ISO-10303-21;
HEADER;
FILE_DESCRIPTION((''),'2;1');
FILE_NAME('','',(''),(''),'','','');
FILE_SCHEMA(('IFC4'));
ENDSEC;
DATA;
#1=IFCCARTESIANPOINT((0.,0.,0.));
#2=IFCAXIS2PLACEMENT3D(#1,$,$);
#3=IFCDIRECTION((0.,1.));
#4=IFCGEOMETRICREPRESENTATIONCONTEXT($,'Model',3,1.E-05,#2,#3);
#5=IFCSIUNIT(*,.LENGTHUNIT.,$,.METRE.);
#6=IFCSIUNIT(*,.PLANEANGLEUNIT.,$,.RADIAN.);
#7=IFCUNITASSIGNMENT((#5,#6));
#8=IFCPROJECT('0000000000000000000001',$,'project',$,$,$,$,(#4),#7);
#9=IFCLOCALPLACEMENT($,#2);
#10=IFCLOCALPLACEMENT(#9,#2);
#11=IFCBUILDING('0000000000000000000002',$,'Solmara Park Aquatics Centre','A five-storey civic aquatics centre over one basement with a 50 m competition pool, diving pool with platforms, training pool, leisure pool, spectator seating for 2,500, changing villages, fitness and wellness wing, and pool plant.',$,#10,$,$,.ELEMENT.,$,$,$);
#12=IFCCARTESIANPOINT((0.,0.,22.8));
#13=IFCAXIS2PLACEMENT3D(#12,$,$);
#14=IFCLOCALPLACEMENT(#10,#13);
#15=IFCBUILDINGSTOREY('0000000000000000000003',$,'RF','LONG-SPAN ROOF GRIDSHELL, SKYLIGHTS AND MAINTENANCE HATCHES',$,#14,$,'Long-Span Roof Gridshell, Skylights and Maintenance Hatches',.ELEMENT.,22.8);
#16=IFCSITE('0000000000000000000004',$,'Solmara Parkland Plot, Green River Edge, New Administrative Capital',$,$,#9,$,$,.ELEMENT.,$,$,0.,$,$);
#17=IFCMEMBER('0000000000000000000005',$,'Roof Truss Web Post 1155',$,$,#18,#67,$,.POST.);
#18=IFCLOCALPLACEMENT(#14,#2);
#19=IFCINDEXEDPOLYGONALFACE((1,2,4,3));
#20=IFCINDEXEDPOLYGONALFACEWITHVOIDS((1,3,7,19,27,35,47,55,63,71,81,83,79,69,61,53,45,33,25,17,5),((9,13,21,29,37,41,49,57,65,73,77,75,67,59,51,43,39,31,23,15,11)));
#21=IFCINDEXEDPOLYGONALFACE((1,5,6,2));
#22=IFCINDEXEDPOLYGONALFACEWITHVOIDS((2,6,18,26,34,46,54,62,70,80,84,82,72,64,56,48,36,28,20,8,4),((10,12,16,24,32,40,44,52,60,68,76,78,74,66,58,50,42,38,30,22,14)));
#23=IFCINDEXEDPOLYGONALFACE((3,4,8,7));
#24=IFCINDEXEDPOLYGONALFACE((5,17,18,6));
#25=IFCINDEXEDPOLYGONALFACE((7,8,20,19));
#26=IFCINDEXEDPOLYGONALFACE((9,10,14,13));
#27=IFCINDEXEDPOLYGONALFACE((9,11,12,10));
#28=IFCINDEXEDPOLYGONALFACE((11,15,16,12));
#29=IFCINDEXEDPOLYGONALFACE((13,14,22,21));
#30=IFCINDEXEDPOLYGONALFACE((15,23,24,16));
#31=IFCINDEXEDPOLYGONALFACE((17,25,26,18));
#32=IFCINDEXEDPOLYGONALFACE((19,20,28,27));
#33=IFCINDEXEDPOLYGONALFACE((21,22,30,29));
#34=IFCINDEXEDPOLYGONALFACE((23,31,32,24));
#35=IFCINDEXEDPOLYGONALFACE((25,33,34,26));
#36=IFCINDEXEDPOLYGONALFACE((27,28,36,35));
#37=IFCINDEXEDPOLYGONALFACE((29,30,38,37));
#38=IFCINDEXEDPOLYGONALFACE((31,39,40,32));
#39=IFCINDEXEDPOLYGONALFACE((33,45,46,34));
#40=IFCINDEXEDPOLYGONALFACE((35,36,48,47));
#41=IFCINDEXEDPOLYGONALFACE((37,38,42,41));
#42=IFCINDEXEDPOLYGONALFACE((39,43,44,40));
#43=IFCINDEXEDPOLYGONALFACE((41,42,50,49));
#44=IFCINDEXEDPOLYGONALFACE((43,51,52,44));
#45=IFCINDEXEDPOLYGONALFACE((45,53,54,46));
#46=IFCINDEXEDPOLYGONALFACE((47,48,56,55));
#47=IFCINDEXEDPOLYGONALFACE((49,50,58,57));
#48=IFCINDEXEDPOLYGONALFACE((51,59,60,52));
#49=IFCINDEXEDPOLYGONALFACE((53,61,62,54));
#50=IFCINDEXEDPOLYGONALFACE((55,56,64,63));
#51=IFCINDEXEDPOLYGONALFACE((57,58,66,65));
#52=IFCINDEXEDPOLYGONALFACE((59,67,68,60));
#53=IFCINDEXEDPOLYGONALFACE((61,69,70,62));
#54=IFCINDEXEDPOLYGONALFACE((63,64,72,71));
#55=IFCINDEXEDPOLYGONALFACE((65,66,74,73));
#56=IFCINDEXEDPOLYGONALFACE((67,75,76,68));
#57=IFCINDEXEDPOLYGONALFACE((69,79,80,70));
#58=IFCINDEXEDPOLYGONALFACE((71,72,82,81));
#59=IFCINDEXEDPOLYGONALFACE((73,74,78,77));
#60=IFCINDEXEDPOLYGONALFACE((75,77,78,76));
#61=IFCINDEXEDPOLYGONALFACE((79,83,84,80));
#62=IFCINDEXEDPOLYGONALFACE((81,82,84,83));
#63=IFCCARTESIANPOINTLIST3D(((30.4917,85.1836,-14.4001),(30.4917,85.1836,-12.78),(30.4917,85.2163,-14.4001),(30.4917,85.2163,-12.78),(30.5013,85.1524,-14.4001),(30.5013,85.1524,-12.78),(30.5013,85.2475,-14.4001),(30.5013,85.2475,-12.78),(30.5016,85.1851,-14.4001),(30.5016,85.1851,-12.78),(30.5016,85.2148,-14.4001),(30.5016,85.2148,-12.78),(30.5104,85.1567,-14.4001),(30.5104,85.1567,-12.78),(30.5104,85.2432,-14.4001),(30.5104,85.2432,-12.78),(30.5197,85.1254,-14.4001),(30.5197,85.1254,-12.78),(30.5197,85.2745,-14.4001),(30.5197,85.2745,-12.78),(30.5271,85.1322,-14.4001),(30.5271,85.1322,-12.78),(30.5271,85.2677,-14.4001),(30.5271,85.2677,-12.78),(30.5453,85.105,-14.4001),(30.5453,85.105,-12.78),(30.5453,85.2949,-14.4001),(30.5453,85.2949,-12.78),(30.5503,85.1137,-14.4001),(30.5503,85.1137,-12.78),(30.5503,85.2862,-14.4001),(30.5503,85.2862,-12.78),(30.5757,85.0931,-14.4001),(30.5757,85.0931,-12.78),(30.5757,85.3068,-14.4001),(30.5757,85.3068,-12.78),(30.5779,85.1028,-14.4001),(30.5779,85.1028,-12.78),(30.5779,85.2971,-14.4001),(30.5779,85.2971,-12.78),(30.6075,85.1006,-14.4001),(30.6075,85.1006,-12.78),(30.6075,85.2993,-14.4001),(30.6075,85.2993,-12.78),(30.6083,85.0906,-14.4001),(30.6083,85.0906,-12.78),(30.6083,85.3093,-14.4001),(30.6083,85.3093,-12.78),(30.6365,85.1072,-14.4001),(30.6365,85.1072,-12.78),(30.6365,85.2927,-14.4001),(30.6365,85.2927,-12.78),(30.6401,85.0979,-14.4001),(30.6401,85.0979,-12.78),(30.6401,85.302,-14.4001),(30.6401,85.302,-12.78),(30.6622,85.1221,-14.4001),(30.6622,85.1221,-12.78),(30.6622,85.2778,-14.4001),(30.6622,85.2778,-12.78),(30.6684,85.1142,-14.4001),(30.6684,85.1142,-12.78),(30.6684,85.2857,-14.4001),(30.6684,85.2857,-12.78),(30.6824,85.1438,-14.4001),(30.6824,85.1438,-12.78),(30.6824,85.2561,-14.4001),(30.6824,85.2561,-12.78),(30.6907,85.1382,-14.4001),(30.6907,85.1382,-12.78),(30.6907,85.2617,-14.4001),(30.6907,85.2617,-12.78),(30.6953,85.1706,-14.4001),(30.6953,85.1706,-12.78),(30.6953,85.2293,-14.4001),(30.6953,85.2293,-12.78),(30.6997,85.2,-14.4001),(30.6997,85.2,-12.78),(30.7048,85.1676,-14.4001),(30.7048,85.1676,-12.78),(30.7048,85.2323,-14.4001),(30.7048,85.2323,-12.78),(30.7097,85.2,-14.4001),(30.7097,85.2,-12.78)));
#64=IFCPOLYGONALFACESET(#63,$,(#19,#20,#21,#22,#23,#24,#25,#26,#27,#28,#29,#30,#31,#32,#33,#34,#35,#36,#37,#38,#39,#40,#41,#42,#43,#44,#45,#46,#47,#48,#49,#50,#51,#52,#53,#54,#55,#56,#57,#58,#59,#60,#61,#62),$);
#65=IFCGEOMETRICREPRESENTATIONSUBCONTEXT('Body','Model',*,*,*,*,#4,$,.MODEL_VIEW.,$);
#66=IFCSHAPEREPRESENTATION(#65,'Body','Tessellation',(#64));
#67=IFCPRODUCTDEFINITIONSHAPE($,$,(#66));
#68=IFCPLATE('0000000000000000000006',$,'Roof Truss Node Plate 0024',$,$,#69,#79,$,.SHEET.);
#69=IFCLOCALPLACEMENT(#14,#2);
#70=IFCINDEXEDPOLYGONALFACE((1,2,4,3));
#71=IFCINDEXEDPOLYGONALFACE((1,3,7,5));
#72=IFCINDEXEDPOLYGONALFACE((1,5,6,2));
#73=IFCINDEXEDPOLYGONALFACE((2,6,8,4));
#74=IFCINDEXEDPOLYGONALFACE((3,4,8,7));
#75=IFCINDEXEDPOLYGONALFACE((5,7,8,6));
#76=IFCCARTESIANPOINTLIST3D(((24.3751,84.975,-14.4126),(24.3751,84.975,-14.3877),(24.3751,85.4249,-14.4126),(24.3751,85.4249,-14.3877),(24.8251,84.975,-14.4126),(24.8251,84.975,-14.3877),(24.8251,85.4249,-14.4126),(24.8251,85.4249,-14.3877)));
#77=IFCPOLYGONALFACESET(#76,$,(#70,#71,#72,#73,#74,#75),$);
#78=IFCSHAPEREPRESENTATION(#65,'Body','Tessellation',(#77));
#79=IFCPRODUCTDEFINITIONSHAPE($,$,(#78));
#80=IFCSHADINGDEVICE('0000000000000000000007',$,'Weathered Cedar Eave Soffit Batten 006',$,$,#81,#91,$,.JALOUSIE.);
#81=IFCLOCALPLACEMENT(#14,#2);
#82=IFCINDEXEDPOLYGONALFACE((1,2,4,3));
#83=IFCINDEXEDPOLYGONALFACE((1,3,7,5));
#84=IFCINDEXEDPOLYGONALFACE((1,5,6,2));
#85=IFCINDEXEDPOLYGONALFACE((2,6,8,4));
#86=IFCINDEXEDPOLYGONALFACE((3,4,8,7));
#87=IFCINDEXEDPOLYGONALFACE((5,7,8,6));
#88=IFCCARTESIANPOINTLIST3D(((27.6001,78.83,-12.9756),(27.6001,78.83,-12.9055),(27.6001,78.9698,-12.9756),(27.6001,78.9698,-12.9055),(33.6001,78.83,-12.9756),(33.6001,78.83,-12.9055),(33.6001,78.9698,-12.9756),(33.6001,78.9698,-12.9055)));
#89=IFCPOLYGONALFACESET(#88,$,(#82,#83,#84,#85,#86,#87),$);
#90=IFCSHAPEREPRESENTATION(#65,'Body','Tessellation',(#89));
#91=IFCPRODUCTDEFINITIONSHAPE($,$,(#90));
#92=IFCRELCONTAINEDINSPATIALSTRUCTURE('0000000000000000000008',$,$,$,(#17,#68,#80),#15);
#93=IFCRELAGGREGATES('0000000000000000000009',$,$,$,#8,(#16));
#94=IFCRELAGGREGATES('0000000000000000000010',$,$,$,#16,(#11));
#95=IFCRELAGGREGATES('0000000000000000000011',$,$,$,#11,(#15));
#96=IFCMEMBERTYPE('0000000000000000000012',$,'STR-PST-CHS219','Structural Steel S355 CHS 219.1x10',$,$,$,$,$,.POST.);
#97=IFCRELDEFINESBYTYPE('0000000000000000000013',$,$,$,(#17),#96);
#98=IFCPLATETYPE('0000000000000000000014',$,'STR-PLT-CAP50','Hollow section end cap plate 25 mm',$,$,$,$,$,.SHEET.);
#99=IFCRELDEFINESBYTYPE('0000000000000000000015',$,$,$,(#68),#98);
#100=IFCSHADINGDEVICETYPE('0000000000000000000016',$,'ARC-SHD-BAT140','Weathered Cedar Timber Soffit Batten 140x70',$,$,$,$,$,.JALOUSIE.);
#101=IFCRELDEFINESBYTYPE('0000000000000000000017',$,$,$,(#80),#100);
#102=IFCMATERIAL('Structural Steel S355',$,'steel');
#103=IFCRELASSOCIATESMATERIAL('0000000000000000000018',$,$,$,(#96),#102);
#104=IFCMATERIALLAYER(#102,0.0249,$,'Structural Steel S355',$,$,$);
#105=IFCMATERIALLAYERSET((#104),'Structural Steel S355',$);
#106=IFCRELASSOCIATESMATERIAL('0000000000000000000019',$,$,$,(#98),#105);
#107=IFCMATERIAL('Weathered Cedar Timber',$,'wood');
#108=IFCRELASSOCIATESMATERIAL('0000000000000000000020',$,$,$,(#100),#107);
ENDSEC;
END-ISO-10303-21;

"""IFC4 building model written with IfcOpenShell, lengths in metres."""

from ifc_helpers import new_model, si_unit, direction, frame, origin, origin_2d, place, context, subcontext, project, spatial, rectangle, hollow_circle, extrude, material, layer, layer_set, material_profile, profile_set, type_object, element, save


model = new_model("IFC4")

# Units and contexts
model_context = context("Model", 3, precision=1e-05, world=origin(), true_north=direction((0.0, 1.0)))
body_context = subcontext(model_context, "Body", "Model", "MODEL_VIEW")
ifc_project = project(units=[si_unit("LENGTHUNIT", "METRE"), si_unit("PLANEANGLEUNIT", "RADIAN")], contexts=[model_context])

# Site, building, storey
site_placement = place(None, origin())
site = spatial("IfcSite", under=ifc_project, at=site_placement, Name="Solmara Parkland Plot, Green River Edge, New Administrative Capital", CompositionType="ELEMENT", RefElevation=0.0)
building_placement = place(site_placement, origin())
building = spatial("IfcBuilding", under=site, at=building_placement, Name="Solmara Park Aquatics Centre", Description="A five-storey civic aquatics centre over one basement with a 50 m competition pool, diving pool with platforms, training pool, leisure pool, spectator seating for 2,500, changing villages, fitness and wellness wing, and pool plant.", CompositionType="ELEMENT")
storey_placement = place(building_placement, frame((0.0, 0.0, 22.8)))
storey = spatial("IfcBuildingStorey", under=building, at=storey_placement, Name="RF", Description="LONG-SPAN ROOF GRIDSHELL, SKYLIGHTS AND MAINTENANCE HATCHES", LongName="Long-Span Roof Gridshell, Skylights and Maintenance Hatches", CompositionType="ELEMENT", Elevation=22.8)

# Shared definitions
ifc_material_1 = material(Name="Structural Steel S355", Category="steel")

# Member
ifc_material_profile_1 = material_profile(ifc_material_1, hollow_circle(Radius=0.1096, WallThickness=0.01, at=origin_2d()), Name="CHS 219.1x10")
ifc_profile_set_1 = profile_set([ifc_material_profile_1], Name="Structural Steel S355")
member_type_1 = type_object("IfcMemberType", Name="STR-PST-CHS219", Description="Structural Steel S355 CHS 219.1x10", PredefinedType="POST", material=ifc_profile_set_1)
for number, where, z_axis, x_axis, name in (
    (1, (30.6001, 85.2, -14.4001), (0.0, 0.0, 1.0), (1.0, 0.0, 0.0), "Roof Truss Web Post 1155"),
):
    element("IfcMember", number, at=place(storey_placement, frame(where, z_axis=z_axis, x_axis=x_axis)), inside=storey, type_object=member_type_1, Name=name, PredefinedType="POST", context=body_context, shape_type="SweptSolid", body=[
        extrude(hollow_circle(Radius=0.1096, WallThickness=0.01, at=origin_2d()), origin(), (0.0, 0.0, 1.0), 1.6201),
    ])

# Plate
ifc_layer = layer(ifc_material_1, 0.0249, Name="Structural Steel S355")
ifc_layer_set = layer_set([ifc_layer], Name="Structural Steel S355")
plate_type = type_object("IfcPlateType", Name="STR-PLT-CAP50", Description="Hollow section end cap plate 25 mm", PredefinedType="SHEET", material=ifc_layer_set)
plate_placement = place(storey_placement, frame((24.6001, 85.2, -14.4126), z_axis=(0.0, 0.0, 1.0), x_axis=(1.0, 0.0, 0.0)))
element("IfcPlate", 2, at=plate_placement, inside=storey, type_object=plate_type, Name="Roof Truss Node Plate 0024", PredefinedType="SHEET", context=body_context, shape_type="SweptSolid", body=[
    extrude(rectangle(XDim=0.45, YDim=0.45, at=origin_2d()), origin(), (0.0, 0.0, 1.0), 0.0249),
])

# Shading device
ifc_material_2 = material(Name="Weathered Cedar Timber", Category="wood")
shading_device_type = type_object("IfcShadingDeviceType", Name="ARC-SHD-BAT140", Description="Weathered Cedar Timber Soffit Batten 140x70", PredefinedType="JALOUSIE", material=ifc_material_2)
shading_device_placement = place(storey_placement, frame((30.6001, 78.8999, -12.9756), z_axis=(0.0, 0.0, 1.0), x_axis=(1.0, 0.0, 0.0)))
element("IfcShadingDevice", 3, at=shading_device_placement, inside=storey, type_object=shading_device_type, Name="Weathered Cedar Eave Soffit Batten 006", PredefinedType="JALOUSIE", context=body_context, shape_type="SweptSolid", body=[
    extrude(rectangle(XDim=6.0, YDim=0.1399, at=origin_2d()), origin(), (0.0, 0.0, 1.0), 0.0701),
])

save(model, "model.ifc")
